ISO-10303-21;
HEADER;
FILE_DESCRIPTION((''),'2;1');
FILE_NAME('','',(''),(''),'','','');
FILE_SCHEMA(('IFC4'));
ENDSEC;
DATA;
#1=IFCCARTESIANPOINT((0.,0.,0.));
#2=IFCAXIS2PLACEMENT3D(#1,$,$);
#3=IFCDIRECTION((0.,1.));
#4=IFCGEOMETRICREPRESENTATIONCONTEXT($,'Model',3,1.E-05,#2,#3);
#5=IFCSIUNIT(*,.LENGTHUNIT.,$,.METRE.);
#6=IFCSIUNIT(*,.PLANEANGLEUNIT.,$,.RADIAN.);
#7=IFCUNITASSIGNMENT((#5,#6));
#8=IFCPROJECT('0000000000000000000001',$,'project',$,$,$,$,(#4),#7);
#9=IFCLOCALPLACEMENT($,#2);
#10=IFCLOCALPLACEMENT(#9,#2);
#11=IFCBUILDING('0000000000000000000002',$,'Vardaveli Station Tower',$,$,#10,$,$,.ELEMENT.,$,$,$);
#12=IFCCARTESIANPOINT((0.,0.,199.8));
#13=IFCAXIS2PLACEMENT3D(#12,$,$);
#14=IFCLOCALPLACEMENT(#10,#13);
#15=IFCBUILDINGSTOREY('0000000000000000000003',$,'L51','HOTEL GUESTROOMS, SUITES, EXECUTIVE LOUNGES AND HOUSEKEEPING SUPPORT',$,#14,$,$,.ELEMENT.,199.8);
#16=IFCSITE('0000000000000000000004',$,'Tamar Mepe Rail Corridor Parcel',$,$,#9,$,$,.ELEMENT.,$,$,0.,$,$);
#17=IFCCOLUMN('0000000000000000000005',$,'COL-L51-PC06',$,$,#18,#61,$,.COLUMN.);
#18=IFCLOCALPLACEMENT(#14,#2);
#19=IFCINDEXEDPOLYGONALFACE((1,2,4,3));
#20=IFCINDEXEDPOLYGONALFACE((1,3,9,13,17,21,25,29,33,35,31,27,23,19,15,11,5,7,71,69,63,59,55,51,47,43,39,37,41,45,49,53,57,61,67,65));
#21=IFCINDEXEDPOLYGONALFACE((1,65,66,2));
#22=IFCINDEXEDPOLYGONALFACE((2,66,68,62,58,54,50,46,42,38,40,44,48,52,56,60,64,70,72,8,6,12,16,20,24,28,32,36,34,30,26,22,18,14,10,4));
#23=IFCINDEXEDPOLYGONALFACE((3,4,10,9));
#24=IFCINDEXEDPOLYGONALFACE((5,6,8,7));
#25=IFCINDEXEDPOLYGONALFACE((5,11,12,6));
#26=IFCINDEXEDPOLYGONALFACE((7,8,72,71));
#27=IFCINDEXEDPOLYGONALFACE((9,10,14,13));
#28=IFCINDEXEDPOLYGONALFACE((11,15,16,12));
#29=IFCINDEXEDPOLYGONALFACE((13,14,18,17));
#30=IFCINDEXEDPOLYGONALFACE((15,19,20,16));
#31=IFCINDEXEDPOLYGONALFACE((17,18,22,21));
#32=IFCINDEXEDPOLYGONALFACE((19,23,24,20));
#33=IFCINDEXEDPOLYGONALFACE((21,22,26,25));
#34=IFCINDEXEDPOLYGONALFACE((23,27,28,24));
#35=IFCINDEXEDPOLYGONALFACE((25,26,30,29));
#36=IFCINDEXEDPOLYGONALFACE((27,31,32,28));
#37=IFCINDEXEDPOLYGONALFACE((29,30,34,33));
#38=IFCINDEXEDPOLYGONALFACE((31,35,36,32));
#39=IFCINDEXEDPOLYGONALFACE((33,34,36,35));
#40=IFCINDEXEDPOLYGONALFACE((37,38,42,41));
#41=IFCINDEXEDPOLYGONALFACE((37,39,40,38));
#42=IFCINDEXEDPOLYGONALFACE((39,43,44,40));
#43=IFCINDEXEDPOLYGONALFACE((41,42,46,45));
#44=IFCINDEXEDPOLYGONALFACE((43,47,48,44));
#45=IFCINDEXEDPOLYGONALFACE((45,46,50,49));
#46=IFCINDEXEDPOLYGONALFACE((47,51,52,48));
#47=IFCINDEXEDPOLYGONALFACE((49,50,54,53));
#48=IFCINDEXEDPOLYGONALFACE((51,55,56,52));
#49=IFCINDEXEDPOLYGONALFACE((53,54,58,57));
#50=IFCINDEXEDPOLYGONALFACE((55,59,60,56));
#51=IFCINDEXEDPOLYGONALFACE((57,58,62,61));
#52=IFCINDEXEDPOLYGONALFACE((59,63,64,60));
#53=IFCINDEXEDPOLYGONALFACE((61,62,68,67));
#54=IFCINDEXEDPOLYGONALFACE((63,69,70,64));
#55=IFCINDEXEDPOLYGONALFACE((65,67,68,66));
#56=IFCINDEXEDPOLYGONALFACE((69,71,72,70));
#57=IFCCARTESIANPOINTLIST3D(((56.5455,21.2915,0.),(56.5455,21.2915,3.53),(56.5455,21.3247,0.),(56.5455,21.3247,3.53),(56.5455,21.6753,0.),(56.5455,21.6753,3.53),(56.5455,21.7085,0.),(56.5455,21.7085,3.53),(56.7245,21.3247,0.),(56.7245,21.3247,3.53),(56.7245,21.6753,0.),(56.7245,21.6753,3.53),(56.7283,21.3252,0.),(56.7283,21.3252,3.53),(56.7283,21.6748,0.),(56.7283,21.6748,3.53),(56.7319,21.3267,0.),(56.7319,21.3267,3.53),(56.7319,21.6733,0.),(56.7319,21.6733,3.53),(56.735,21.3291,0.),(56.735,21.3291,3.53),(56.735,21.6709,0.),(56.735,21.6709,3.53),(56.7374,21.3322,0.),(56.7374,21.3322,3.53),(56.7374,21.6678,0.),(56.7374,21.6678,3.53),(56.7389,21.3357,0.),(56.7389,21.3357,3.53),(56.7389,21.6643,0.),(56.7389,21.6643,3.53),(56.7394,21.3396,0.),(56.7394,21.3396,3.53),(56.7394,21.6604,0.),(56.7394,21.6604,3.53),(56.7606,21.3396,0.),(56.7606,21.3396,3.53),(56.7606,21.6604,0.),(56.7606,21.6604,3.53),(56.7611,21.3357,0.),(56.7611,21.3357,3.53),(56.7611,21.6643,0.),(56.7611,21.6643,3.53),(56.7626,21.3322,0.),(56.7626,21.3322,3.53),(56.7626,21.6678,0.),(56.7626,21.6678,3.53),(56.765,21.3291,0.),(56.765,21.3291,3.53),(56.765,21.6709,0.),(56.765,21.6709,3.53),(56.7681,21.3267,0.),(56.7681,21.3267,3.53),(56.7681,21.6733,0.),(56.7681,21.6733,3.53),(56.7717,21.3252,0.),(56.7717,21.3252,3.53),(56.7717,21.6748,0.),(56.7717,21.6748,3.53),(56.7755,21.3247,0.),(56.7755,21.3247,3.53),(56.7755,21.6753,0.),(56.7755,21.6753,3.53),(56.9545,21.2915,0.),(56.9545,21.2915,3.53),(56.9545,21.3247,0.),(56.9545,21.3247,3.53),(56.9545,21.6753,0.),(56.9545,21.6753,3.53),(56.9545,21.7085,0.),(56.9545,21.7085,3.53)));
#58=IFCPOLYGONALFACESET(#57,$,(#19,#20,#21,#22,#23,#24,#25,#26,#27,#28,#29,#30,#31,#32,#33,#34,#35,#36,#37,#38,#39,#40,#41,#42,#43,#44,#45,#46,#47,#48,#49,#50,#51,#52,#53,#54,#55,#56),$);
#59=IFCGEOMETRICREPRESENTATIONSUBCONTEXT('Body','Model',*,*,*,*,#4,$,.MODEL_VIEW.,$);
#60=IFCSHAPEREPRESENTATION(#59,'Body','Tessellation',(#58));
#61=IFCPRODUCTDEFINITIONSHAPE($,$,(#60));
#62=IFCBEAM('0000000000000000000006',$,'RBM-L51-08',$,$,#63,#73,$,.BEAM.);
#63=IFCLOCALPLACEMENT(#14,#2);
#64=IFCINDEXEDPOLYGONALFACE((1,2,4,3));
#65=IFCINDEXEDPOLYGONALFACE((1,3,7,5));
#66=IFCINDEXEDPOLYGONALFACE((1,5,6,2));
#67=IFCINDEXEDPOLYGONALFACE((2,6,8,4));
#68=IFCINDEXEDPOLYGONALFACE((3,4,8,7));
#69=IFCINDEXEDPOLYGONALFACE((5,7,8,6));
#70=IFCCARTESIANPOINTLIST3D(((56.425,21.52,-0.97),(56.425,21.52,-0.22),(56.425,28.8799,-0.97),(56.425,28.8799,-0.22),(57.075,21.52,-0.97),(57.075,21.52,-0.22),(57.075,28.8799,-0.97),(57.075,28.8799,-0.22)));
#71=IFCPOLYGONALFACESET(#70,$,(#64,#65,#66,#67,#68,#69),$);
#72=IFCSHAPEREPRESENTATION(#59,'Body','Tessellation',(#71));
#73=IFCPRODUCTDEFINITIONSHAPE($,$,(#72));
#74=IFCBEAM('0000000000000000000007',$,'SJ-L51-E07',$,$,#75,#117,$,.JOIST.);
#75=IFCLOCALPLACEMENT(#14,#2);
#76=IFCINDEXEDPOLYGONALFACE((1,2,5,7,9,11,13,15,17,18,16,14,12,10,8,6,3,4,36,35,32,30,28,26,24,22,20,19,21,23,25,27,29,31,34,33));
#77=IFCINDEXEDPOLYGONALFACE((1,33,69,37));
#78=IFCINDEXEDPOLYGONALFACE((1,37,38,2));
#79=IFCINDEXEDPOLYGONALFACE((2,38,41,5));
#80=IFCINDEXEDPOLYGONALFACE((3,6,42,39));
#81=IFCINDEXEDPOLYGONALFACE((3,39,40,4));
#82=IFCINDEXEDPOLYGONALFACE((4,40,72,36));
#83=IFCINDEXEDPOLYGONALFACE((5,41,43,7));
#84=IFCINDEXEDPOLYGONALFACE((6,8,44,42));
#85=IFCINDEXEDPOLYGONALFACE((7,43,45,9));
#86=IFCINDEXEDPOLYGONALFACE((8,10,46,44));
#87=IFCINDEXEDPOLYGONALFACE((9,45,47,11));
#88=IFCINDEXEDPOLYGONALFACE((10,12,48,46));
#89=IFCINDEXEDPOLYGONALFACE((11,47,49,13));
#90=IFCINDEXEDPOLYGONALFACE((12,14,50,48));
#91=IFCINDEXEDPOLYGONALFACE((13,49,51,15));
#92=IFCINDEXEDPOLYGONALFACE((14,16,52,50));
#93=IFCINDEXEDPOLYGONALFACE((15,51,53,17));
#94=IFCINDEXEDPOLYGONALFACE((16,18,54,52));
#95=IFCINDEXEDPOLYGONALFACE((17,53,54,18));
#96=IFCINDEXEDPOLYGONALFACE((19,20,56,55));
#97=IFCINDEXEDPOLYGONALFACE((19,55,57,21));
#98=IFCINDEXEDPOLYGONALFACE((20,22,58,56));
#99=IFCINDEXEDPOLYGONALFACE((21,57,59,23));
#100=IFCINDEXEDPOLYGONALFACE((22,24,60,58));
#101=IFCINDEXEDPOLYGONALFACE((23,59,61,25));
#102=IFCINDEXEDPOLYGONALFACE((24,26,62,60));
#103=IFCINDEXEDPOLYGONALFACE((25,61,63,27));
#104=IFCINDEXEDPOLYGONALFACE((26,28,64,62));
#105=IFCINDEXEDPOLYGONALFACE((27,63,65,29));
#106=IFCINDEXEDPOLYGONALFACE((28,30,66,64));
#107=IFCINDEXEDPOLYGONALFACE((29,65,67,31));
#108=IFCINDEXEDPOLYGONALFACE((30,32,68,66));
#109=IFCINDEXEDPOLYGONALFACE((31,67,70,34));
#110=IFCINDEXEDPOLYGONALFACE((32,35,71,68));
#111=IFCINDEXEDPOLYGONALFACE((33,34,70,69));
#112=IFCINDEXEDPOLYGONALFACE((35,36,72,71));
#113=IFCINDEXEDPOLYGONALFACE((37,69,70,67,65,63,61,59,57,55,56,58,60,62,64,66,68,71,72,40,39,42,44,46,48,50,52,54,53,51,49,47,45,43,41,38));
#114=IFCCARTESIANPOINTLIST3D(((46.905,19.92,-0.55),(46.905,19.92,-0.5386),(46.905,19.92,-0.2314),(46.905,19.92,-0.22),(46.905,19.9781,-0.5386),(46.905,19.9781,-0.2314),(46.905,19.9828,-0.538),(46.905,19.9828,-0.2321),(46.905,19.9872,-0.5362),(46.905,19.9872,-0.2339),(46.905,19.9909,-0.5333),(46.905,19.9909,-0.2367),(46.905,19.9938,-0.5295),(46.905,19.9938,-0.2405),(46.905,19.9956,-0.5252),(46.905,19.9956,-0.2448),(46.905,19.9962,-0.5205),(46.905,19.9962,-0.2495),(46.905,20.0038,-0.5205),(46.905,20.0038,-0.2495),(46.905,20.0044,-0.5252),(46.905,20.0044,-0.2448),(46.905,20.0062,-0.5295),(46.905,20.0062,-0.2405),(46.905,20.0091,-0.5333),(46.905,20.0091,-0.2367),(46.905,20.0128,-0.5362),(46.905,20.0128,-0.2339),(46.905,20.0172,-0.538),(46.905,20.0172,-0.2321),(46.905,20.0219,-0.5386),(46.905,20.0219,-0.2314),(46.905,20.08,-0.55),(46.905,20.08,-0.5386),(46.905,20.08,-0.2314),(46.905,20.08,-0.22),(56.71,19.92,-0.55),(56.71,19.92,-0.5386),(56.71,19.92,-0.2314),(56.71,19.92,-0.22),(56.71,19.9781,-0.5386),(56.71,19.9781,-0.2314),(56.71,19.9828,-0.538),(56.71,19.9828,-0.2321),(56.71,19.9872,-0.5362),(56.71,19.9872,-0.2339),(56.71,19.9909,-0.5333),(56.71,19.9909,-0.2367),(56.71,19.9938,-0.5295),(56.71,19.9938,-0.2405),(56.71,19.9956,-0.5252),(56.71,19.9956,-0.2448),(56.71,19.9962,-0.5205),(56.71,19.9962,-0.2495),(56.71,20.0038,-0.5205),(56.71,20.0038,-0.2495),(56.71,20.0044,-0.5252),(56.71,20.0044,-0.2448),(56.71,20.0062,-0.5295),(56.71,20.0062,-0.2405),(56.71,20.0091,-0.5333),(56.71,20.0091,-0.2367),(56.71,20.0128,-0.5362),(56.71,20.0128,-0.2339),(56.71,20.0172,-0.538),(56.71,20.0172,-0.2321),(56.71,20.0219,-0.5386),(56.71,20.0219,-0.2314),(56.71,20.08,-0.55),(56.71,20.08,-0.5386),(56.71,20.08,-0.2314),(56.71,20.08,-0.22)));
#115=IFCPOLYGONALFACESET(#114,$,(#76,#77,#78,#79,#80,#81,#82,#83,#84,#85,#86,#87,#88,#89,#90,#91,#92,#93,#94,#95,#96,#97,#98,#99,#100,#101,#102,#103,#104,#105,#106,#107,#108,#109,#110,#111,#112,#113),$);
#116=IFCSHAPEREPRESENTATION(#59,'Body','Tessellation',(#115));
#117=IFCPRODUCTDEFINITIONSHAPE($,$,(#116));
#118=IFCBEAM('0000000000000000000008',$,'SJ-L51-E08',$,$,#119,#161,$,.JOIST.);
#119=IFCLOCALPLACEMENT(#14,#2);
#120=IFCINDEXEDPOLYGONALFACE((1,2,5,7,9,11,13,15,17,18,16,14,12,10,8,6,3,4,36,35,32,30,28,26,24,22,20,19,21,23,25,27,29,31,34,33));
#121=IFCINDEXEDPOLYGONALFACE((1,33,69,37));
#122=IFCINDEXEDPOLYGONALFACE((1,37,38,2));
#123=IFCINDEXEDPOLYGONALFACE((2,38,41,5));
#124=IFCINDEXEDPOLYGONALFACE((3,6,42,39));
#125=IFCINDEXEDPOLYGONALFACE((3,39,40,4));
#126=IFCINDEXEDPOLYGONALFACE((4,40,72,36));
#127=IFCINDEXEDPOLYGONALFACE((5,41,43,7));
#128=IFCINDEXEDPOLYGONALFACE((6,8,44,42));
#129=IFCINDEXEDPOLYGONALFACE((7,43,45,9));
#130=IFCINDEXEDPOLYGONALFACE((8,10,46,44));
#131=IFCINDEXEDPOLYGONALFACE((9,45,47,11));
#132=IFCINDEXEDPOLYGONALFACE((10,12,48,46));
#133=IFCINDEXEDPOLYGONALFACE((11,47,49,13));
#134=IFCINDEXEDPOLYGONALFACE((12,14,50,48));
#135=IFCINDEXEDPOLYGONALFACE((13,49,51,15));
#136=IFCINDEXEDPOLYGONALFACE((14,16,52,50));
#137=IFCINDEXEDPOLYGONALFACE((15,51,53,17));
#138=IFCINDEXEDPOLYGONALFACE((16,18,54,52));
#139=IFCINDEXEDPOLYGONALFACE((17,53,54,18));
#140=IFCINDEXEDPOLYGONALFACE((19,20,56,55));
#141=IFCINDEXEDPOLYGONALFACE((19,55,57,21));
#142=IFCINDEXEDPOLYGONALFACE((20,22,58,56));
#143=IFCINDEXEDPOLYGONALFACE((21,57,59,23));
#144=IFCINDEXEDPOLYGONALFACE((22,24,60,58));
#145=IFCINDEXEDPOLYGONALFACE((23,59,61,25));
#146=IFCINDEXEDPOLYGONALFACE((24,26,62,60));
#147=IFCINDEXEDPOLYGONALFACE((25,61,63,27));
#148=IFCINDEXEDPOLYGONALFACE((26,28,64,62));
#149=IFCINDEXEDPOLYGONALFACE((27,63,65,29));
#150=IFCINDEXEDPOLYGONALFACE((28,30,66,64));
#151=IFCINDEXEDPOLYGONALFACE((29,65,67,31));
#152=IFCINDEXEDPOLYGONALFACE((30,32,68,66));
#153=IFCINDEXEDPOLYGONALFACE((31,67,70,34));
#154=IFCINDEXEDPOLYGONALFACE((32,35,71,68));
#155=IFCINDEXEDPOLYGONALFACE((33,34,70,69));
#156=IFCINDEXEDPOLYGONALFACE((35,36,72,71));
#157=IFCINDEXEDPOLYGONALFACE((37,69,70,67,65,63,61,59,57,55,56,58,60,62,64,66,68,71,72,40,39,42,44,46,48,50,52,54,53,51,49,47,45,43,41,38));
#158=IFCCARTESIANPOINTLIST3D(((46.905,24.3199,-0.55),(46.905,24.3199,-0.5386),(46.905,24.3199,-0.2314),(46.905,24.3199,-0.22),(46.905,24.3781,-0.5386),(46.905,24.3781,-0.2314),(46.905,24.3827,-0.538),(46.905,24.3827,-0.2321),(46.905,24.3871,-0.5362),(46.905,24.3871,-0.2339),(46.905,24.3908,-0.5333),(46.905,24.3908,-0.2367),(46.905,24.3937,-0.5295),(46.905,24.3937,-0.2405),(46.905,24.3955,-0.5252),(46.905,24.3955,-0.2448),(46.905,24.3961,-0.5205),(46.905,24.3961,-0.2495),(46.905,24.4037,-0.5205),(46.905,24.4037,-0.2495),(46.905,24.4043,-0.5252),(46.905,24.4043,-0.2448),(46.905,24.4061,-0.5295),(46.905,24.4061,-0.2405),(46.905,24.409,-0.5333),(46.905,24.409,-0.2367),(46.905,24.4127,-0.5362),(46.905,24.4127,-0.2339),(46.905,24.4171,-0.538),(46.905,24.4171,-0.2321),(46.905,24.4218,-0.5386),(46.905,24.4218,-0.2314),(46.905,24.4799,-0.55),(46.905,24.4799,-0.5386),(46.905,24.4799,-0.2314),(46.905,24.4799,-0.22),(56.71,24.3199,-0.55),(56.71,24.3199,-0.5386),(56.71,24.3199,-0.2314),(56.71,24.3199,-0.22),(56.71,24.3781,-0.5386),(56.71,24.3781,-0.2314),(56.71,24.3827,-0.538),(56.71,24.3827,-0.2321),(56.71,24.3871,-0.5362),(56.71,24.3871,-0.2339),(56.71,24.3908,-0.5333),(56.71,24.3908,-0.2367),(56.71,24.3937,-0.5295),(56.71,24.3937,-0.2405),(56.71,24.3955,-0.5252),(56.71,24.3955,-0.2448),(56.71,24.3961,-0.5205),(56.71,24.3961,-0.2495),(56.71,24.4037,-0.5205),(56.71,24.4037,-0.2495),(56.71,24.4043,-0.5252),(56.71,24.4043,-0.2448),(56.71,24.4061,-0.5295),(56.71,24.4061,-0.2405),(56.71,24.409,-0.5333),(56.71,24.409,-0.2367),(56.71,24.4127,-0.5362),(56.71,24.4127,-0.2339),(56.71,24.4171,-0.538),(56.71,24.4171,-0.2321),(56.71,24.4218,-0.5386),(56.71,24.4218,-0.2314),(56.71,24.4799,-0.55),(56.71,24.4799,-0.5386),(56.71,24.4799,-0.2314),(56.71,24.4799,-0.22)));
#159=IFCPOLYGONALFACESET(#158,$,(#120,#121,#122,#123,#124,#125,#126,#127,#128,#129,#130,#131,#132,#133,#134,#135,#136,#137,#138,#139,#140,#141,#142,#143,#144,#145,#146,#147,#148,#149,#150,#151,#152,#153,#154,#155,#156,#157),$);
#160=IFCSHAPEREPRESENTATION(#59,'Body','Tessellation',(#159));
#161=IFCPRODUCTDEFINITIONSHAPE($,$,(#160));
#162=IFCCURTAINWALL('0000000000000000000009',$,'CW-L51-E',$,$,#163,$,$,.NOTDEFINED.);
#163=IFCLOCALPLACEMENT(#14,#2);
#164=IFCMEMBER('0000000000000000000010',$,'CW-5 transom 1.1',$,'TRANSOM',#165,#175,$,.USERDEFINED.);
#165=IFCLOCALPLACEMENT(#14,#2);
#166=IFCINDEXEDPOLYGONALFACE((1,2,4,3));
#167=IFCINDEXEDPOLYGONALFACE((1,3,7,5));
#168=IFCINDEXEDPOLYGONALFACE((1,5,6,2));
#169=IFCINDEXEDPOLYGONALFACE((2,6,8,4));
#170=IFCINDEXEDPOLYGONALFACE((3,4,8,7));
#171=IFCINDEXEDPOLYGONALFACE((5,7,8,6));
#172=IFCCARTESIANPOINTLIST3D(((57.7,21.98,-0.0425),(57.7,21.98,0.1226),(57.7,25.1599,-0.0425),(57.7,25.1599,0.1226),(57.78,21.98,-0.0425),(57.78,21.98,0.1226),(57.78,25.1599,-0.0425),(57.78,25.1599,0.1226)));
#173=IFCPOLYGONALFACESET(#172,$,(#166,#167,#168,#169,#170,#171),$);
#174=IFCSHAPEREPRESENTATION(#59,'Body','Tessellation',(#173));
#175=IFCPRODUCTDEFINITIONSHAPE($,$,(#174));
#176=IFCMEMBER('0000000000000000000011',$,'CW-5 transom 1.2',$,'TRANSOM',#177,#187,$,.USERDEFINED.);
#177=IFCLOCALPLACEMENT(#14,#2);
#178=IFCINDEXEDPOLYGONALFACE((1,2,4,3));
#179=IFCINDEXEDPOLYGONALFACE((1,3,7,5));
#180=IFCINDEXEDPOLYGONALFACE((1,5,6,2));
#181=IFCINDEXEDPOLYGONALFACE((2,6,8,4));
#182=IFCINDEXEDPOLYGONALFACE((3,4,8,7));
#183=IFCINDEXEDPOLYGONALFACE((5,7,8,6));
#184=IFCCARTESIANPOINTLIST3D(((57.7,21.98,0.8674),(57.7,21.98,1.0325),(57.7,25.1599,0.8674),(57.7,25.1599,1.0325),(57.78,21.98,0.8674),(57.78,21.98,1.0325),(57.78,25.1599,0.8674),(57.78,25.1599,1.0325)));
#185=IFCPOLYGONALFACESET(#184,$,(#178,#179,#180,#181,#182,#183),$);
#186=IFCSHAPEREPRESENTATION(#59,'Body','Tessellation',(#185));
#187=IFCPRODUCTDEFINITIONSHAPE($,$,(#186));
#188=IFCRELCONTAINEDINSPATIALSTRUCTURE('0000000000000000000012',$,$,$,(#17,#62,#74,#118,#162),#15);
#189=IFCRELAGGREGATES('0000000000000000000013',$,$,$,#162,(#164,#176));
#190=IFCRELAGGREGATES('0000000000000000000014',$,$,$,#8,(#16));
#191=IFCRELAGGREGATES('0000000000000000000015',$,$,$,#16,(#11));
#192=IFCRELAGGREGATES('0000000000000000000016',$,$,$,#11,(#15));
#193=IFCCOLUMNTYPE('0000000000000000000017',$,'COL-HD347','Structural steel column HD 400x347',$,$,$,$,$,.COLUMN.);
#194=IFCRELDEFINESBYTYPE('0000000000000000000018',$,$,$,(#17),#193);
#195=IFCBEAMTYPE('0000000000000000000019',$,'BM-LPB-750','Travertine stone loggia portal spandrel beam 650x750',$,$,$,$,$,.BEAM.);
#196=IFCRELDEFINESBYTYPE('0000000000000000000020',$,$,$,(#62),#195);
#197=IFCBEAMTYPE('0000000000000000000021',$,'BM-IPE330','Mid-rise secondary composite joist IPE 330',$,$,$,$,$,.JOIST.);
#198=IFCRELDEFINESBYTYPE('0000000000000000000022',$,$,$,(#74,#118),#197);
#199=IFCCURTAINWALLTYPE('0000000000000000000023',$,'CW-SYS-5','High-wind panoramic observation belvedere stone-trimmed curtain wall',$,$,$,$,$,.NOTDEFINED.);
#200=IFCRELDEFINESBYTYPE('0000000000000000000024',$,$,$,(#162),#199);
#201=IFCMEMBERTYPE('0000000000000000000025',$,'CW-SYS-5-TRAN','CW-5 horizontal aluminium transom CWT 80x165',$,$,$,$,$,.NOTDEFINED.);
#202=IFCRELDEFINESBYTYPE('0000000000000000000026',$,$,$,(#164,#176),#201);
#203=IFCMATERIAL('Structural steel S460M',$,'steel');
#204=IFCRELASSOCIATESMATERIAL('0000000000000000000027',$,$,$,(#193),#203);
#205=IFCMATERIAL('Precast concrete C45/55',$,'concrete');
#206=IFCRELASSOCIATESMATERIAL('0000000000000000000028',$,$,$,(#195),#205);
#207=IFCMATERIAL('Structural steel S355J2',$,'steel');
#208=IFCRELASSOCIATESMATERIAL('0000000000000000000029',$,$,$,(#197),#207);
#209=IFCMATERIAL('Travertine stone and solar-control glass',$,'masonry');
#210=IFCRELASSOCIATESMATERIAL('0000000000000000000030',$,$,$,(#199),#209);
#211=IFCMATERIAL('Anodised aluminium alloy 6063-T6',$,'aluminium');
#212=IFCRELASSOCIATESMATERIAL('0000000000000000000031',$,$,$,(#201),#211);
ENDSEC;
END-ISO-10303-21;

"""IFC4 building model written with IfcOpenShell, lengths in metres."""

from ifc_helpers import new_model, si_unit, direction, frame, origin, origin_2d, place, context, subcontext, project, spatial, rectangle, i_section, extrude, source, transform, mapped, material, material_profile, profile_set, type_object, element, aggregate, save


model = new_model("IFC4")

# Units and contexts
model_context = context("Model", 3, precision=1e-05, world=origin(), true_north=direction((0.0, 1.0)))
body_context = subcontext(model_context, "Body", "Model", "MODEL_VIEW")
ifc_project = project(units=[si_unit("LENGTHUNIT", "METRE"), si_unit("PLANEANGLEUNIT", "RADIAN")], contexts=[model_context])

# Site, building, storey
site_placement = place(None, origin())
site = spatial("IfcSite", under=ifc_project, at=site_placement, Name="Tamar Mepe Rail Corridor Parcel", CompositionType="ELEMENT", RefElevation=0.0)
building_placement = place(site_placement, origin())
building = spatial("IfcBuilding", under=site, at=building_placement, Name="Vardaveli Station Tower", CompositionType="ELEMENT")
storey_placement = place(building_placement, frame((0.0, 0.0, 199.8)))
storey = spatial("IfcBuildingStorey", under=building, at=storey_placement, Name="L51", Description="HOTEL GUESTROOMS, SUITES, EXECUTIVE LOUNGES AND HOUSEKEEPING SUPPORT", CompositionType="ELEMENT", Elevation=199.8)

# Column
ifc_material_1 = material(Name="Structural steel S460M", Category="steel")
ifc_material_profile_1 = material_profile(ifc_material_1, i_section(OverallWidth=0.4089, OverallDepth=0.417, WebThickness=0.0212, FlangeThickness=0.0332, FilletRadius=0.0149, at=origin_2d()), Name="HD 400x347")
ifc_profile_set_1 = profile_set([ifc_material_profile_1], Name="Structural steel S460M")
column_type = type_object("IfcColumnType", Name="COL-HD347", Description="Structural steel column HD 400x347", PredefinedType="COLUMN", material=ifc_profile_set_1)
shared_shape_1 = source(origin(), body_context, "Body", "SweptSolid", [
    extrude(i_section(OverallWidth=0.4089, OverallDepth=0.417, WebThickness=0.0212, FlangeThickness=0.0332, FilletRadius=0.0149, at=origin_2d()), origin(), (0.0, 0.0, 1.0), 3.53),
])
column_placement = place(storey_placement, frame((56.75, 21.5, 0.0), z_axis=(0.0, 0.0, 1.0), x_axis=(1.0, 0.0, 0.0)))
element("IfcColumn", 1, at=column_placement, inside=storey, type_object=column_type, Name="COL-L51-PC06", PredefinedType="COLUMN", context=body_context, shape_type="MappedRepresentation", body=[
    mapped(shared_shape_1, transform((0.0, 0.0, 0.0), scale=1.0)),
])

# Beams
ifc_material_2 = material(Name="Precast concrete C45/55", Category="concrete")
ifc_material_profile_2 = material_profile(ifc_material_2, rectangle(XDim=0.6499, YDim=0.75, at=origin_2d()), Name="LPB 650x750")
ifc_profile_set_2 = profile_set([ifc_material_profile_2], Name="Precast concrete C45/55")
beam_type_1 = type_object("IfcBeamType", Name="BM-LPB-750", Description="Travertine stone loggia portal spandrel beam 650x750", PredefinedType="BEAM", material=ifc_profile_set_2)
shared_shape_2 = source(origin(), body_context, "Body", "SweptSolid", [
    extrude(rectangle(XDim=0.6499, YDim=0.75, at=origin_2d()), origin(), (0.0, 0.0, 1.0), 7.3599),
])
beam_placement = place(storey_placement, frame((56.75, 21.52, -0.595), z_axis=(0.0, 1.0, 0.0), x_axis=(-1.0, 0.0, 0.0)))
element("IfcBeam", 2, at=beam_placement, inside=storey, type_object=beam_type_1, Name="RBM-L51-08", PredefinedType="BEAM", context=body_context, shape_type="MappedRepresentation", body=[
    mapped(shared_shape_2, transform((0.0, 0.0, 0.0), scale=1.0)),
])
ifc_material_3 = material(Name="Structural steel S355J2", Category="steel")
ifc_material_profile_3 = material_profile(ifc_material_3, i_section(OverallWidth=0.1599, OverallDepth=0.3301, WebThickness=0.0076, FlangeThickness=0.0115, FilletRadius=0.0181, at=origin_2d()), Name="IPE 330")
ifc_profile_set_3 = profile_set([ifc_material_profile_3], Name="Structural steel S355J2")
beam_type_2 = type_object("IfcBeamType", Name="BM-IPE330", Description="Mid-rise secondary composite joist IPE 330", PredefinedType="JOIST", material=ifc_profile_set_3)
shared_shape_3 = source(origin(), body_context, "Body", "SweptSolid", [
    extrude(i_section(OverallWidth=0.1599, OverallDepth=0.3301, WebThickness=0.0076, FlangeThickness=0.0115, FilletRadius=0.0181, at=origin_2d()), origin(), (0.0, 0.0, 1.0), 9.8049),
])
for number, where, z_axis, x_axis, name in (
    (3, (46.905, 20.0, -0.385), (1.0, 0.0, 0.0), (0.0, 1.0, 0.0), "SJ-L51-E07"),
    (4, (46.905, 24.3999, -0.385), (1.0, 0.0, 0.0), (0.0, 1.0, 0.0), "SJ-L51-E08"),
):
    element("IfcBeam", number, at=place(storey_placement, frame(where, z_axis=z_axis, x_axis=x_axis)), inside=storey, type_object=beam_type_2, Name=name, PredefinedType="JOIST", context=body_context, shape_type="MappedRepresentation", body=[
        mapped(shared_shape_3, transform((0.0, 0.0, 0.0), scale=1.0)),
    ])

# Curtain wall, members
ifc_material_4 = material(Name="Travertine stone and solar-control glass", Category="masonry")
curtain_wall_type = type_object("IfcCurtainWallType", Name="CW-SYS-5", Description="High-wind panoramic observation belvedere stone-trimmed curtain wall", PredefinedType="NOTDEFINED", material=ifc_material_4)
curtain_wall_placement = place(storey_placement, origin())
curtain_wall = element("IfcCurtainWall", 5, at=curtain_wall_placement, inside=storey, type_object=curtain_wall_type, Name="CW-L51-E", PredefinedType="NOTDEFINED")
ifc_material_5 = material(Name="Anodised aluminium alloy 6063-T6", Category="aluminium")
ifc_material_profile_4 = material_profile(ifc_material_5, rectangle(XDim=0.0801, YDim=0.165, at=origin_2d()), Name="CWT 80x165")
ifc_profile_set_4 = profile_set([ifc_material_profile_4], Name="Anodised aluminium alloy 6063-T6")
member_type_1 = type_object("IfcMemberType", Name="CW-SYS-5-TRAN", Description="CW-5 horizontal aluminium transom CWT 80x165", PredefinedType="NOTDEFINED", material=ifc_profile_set_4)
shared_shape_4 = source(origin(), body_context, "Body", "SweptSolid", [
    extrude(rectangle(XDim=0.0801, YDim=0.165, at=origin_2d()), origin(), (0.0, 0.0, 1.0), 3.1799),
])
member_1_placement = place(storey_placement, frame((57.74, 21.98, 0.04), z_axis=(0.0, 1.0, 0.0), x_axis=(-1.0, 0.0, 0.0)))
member_1 = element("IfcMember", 6, at=member_1_placement, type_object=member_type_1, Name="CW-5 transom 1.1", ObjectType="TRANSOM", PredefinedType="USERDEFINED", context=body_context, shape_type="MappedRepresentation", body=[
    mapped(shared_shape_4, transform((0.0, 0.0, 0.0), scale=1.0)),
])
member_2_placement = place(storey_placement, frame((57.74, 21.98, 0.95), z_axis=(0.0, 1.0, 0.0), x_axis=(-1.0, 0.0, 0.0)))
member_2 = element("IfcMember", 7, at=member_2_placement, type_object=member_type_1, Name="CW-5 transom 1.2", ObjectType="TRANSOM", PredefinedType="USERDEFINED", context=body_context, shape_type="MappedRepresentation", body=[
    mapped(shared_shape_4, transform((0.0, 0.0, 0.0), scale=1.0)),
])
aggregate(curtain_wall, [member_1, member_2])

save(model, "model.ifc")
